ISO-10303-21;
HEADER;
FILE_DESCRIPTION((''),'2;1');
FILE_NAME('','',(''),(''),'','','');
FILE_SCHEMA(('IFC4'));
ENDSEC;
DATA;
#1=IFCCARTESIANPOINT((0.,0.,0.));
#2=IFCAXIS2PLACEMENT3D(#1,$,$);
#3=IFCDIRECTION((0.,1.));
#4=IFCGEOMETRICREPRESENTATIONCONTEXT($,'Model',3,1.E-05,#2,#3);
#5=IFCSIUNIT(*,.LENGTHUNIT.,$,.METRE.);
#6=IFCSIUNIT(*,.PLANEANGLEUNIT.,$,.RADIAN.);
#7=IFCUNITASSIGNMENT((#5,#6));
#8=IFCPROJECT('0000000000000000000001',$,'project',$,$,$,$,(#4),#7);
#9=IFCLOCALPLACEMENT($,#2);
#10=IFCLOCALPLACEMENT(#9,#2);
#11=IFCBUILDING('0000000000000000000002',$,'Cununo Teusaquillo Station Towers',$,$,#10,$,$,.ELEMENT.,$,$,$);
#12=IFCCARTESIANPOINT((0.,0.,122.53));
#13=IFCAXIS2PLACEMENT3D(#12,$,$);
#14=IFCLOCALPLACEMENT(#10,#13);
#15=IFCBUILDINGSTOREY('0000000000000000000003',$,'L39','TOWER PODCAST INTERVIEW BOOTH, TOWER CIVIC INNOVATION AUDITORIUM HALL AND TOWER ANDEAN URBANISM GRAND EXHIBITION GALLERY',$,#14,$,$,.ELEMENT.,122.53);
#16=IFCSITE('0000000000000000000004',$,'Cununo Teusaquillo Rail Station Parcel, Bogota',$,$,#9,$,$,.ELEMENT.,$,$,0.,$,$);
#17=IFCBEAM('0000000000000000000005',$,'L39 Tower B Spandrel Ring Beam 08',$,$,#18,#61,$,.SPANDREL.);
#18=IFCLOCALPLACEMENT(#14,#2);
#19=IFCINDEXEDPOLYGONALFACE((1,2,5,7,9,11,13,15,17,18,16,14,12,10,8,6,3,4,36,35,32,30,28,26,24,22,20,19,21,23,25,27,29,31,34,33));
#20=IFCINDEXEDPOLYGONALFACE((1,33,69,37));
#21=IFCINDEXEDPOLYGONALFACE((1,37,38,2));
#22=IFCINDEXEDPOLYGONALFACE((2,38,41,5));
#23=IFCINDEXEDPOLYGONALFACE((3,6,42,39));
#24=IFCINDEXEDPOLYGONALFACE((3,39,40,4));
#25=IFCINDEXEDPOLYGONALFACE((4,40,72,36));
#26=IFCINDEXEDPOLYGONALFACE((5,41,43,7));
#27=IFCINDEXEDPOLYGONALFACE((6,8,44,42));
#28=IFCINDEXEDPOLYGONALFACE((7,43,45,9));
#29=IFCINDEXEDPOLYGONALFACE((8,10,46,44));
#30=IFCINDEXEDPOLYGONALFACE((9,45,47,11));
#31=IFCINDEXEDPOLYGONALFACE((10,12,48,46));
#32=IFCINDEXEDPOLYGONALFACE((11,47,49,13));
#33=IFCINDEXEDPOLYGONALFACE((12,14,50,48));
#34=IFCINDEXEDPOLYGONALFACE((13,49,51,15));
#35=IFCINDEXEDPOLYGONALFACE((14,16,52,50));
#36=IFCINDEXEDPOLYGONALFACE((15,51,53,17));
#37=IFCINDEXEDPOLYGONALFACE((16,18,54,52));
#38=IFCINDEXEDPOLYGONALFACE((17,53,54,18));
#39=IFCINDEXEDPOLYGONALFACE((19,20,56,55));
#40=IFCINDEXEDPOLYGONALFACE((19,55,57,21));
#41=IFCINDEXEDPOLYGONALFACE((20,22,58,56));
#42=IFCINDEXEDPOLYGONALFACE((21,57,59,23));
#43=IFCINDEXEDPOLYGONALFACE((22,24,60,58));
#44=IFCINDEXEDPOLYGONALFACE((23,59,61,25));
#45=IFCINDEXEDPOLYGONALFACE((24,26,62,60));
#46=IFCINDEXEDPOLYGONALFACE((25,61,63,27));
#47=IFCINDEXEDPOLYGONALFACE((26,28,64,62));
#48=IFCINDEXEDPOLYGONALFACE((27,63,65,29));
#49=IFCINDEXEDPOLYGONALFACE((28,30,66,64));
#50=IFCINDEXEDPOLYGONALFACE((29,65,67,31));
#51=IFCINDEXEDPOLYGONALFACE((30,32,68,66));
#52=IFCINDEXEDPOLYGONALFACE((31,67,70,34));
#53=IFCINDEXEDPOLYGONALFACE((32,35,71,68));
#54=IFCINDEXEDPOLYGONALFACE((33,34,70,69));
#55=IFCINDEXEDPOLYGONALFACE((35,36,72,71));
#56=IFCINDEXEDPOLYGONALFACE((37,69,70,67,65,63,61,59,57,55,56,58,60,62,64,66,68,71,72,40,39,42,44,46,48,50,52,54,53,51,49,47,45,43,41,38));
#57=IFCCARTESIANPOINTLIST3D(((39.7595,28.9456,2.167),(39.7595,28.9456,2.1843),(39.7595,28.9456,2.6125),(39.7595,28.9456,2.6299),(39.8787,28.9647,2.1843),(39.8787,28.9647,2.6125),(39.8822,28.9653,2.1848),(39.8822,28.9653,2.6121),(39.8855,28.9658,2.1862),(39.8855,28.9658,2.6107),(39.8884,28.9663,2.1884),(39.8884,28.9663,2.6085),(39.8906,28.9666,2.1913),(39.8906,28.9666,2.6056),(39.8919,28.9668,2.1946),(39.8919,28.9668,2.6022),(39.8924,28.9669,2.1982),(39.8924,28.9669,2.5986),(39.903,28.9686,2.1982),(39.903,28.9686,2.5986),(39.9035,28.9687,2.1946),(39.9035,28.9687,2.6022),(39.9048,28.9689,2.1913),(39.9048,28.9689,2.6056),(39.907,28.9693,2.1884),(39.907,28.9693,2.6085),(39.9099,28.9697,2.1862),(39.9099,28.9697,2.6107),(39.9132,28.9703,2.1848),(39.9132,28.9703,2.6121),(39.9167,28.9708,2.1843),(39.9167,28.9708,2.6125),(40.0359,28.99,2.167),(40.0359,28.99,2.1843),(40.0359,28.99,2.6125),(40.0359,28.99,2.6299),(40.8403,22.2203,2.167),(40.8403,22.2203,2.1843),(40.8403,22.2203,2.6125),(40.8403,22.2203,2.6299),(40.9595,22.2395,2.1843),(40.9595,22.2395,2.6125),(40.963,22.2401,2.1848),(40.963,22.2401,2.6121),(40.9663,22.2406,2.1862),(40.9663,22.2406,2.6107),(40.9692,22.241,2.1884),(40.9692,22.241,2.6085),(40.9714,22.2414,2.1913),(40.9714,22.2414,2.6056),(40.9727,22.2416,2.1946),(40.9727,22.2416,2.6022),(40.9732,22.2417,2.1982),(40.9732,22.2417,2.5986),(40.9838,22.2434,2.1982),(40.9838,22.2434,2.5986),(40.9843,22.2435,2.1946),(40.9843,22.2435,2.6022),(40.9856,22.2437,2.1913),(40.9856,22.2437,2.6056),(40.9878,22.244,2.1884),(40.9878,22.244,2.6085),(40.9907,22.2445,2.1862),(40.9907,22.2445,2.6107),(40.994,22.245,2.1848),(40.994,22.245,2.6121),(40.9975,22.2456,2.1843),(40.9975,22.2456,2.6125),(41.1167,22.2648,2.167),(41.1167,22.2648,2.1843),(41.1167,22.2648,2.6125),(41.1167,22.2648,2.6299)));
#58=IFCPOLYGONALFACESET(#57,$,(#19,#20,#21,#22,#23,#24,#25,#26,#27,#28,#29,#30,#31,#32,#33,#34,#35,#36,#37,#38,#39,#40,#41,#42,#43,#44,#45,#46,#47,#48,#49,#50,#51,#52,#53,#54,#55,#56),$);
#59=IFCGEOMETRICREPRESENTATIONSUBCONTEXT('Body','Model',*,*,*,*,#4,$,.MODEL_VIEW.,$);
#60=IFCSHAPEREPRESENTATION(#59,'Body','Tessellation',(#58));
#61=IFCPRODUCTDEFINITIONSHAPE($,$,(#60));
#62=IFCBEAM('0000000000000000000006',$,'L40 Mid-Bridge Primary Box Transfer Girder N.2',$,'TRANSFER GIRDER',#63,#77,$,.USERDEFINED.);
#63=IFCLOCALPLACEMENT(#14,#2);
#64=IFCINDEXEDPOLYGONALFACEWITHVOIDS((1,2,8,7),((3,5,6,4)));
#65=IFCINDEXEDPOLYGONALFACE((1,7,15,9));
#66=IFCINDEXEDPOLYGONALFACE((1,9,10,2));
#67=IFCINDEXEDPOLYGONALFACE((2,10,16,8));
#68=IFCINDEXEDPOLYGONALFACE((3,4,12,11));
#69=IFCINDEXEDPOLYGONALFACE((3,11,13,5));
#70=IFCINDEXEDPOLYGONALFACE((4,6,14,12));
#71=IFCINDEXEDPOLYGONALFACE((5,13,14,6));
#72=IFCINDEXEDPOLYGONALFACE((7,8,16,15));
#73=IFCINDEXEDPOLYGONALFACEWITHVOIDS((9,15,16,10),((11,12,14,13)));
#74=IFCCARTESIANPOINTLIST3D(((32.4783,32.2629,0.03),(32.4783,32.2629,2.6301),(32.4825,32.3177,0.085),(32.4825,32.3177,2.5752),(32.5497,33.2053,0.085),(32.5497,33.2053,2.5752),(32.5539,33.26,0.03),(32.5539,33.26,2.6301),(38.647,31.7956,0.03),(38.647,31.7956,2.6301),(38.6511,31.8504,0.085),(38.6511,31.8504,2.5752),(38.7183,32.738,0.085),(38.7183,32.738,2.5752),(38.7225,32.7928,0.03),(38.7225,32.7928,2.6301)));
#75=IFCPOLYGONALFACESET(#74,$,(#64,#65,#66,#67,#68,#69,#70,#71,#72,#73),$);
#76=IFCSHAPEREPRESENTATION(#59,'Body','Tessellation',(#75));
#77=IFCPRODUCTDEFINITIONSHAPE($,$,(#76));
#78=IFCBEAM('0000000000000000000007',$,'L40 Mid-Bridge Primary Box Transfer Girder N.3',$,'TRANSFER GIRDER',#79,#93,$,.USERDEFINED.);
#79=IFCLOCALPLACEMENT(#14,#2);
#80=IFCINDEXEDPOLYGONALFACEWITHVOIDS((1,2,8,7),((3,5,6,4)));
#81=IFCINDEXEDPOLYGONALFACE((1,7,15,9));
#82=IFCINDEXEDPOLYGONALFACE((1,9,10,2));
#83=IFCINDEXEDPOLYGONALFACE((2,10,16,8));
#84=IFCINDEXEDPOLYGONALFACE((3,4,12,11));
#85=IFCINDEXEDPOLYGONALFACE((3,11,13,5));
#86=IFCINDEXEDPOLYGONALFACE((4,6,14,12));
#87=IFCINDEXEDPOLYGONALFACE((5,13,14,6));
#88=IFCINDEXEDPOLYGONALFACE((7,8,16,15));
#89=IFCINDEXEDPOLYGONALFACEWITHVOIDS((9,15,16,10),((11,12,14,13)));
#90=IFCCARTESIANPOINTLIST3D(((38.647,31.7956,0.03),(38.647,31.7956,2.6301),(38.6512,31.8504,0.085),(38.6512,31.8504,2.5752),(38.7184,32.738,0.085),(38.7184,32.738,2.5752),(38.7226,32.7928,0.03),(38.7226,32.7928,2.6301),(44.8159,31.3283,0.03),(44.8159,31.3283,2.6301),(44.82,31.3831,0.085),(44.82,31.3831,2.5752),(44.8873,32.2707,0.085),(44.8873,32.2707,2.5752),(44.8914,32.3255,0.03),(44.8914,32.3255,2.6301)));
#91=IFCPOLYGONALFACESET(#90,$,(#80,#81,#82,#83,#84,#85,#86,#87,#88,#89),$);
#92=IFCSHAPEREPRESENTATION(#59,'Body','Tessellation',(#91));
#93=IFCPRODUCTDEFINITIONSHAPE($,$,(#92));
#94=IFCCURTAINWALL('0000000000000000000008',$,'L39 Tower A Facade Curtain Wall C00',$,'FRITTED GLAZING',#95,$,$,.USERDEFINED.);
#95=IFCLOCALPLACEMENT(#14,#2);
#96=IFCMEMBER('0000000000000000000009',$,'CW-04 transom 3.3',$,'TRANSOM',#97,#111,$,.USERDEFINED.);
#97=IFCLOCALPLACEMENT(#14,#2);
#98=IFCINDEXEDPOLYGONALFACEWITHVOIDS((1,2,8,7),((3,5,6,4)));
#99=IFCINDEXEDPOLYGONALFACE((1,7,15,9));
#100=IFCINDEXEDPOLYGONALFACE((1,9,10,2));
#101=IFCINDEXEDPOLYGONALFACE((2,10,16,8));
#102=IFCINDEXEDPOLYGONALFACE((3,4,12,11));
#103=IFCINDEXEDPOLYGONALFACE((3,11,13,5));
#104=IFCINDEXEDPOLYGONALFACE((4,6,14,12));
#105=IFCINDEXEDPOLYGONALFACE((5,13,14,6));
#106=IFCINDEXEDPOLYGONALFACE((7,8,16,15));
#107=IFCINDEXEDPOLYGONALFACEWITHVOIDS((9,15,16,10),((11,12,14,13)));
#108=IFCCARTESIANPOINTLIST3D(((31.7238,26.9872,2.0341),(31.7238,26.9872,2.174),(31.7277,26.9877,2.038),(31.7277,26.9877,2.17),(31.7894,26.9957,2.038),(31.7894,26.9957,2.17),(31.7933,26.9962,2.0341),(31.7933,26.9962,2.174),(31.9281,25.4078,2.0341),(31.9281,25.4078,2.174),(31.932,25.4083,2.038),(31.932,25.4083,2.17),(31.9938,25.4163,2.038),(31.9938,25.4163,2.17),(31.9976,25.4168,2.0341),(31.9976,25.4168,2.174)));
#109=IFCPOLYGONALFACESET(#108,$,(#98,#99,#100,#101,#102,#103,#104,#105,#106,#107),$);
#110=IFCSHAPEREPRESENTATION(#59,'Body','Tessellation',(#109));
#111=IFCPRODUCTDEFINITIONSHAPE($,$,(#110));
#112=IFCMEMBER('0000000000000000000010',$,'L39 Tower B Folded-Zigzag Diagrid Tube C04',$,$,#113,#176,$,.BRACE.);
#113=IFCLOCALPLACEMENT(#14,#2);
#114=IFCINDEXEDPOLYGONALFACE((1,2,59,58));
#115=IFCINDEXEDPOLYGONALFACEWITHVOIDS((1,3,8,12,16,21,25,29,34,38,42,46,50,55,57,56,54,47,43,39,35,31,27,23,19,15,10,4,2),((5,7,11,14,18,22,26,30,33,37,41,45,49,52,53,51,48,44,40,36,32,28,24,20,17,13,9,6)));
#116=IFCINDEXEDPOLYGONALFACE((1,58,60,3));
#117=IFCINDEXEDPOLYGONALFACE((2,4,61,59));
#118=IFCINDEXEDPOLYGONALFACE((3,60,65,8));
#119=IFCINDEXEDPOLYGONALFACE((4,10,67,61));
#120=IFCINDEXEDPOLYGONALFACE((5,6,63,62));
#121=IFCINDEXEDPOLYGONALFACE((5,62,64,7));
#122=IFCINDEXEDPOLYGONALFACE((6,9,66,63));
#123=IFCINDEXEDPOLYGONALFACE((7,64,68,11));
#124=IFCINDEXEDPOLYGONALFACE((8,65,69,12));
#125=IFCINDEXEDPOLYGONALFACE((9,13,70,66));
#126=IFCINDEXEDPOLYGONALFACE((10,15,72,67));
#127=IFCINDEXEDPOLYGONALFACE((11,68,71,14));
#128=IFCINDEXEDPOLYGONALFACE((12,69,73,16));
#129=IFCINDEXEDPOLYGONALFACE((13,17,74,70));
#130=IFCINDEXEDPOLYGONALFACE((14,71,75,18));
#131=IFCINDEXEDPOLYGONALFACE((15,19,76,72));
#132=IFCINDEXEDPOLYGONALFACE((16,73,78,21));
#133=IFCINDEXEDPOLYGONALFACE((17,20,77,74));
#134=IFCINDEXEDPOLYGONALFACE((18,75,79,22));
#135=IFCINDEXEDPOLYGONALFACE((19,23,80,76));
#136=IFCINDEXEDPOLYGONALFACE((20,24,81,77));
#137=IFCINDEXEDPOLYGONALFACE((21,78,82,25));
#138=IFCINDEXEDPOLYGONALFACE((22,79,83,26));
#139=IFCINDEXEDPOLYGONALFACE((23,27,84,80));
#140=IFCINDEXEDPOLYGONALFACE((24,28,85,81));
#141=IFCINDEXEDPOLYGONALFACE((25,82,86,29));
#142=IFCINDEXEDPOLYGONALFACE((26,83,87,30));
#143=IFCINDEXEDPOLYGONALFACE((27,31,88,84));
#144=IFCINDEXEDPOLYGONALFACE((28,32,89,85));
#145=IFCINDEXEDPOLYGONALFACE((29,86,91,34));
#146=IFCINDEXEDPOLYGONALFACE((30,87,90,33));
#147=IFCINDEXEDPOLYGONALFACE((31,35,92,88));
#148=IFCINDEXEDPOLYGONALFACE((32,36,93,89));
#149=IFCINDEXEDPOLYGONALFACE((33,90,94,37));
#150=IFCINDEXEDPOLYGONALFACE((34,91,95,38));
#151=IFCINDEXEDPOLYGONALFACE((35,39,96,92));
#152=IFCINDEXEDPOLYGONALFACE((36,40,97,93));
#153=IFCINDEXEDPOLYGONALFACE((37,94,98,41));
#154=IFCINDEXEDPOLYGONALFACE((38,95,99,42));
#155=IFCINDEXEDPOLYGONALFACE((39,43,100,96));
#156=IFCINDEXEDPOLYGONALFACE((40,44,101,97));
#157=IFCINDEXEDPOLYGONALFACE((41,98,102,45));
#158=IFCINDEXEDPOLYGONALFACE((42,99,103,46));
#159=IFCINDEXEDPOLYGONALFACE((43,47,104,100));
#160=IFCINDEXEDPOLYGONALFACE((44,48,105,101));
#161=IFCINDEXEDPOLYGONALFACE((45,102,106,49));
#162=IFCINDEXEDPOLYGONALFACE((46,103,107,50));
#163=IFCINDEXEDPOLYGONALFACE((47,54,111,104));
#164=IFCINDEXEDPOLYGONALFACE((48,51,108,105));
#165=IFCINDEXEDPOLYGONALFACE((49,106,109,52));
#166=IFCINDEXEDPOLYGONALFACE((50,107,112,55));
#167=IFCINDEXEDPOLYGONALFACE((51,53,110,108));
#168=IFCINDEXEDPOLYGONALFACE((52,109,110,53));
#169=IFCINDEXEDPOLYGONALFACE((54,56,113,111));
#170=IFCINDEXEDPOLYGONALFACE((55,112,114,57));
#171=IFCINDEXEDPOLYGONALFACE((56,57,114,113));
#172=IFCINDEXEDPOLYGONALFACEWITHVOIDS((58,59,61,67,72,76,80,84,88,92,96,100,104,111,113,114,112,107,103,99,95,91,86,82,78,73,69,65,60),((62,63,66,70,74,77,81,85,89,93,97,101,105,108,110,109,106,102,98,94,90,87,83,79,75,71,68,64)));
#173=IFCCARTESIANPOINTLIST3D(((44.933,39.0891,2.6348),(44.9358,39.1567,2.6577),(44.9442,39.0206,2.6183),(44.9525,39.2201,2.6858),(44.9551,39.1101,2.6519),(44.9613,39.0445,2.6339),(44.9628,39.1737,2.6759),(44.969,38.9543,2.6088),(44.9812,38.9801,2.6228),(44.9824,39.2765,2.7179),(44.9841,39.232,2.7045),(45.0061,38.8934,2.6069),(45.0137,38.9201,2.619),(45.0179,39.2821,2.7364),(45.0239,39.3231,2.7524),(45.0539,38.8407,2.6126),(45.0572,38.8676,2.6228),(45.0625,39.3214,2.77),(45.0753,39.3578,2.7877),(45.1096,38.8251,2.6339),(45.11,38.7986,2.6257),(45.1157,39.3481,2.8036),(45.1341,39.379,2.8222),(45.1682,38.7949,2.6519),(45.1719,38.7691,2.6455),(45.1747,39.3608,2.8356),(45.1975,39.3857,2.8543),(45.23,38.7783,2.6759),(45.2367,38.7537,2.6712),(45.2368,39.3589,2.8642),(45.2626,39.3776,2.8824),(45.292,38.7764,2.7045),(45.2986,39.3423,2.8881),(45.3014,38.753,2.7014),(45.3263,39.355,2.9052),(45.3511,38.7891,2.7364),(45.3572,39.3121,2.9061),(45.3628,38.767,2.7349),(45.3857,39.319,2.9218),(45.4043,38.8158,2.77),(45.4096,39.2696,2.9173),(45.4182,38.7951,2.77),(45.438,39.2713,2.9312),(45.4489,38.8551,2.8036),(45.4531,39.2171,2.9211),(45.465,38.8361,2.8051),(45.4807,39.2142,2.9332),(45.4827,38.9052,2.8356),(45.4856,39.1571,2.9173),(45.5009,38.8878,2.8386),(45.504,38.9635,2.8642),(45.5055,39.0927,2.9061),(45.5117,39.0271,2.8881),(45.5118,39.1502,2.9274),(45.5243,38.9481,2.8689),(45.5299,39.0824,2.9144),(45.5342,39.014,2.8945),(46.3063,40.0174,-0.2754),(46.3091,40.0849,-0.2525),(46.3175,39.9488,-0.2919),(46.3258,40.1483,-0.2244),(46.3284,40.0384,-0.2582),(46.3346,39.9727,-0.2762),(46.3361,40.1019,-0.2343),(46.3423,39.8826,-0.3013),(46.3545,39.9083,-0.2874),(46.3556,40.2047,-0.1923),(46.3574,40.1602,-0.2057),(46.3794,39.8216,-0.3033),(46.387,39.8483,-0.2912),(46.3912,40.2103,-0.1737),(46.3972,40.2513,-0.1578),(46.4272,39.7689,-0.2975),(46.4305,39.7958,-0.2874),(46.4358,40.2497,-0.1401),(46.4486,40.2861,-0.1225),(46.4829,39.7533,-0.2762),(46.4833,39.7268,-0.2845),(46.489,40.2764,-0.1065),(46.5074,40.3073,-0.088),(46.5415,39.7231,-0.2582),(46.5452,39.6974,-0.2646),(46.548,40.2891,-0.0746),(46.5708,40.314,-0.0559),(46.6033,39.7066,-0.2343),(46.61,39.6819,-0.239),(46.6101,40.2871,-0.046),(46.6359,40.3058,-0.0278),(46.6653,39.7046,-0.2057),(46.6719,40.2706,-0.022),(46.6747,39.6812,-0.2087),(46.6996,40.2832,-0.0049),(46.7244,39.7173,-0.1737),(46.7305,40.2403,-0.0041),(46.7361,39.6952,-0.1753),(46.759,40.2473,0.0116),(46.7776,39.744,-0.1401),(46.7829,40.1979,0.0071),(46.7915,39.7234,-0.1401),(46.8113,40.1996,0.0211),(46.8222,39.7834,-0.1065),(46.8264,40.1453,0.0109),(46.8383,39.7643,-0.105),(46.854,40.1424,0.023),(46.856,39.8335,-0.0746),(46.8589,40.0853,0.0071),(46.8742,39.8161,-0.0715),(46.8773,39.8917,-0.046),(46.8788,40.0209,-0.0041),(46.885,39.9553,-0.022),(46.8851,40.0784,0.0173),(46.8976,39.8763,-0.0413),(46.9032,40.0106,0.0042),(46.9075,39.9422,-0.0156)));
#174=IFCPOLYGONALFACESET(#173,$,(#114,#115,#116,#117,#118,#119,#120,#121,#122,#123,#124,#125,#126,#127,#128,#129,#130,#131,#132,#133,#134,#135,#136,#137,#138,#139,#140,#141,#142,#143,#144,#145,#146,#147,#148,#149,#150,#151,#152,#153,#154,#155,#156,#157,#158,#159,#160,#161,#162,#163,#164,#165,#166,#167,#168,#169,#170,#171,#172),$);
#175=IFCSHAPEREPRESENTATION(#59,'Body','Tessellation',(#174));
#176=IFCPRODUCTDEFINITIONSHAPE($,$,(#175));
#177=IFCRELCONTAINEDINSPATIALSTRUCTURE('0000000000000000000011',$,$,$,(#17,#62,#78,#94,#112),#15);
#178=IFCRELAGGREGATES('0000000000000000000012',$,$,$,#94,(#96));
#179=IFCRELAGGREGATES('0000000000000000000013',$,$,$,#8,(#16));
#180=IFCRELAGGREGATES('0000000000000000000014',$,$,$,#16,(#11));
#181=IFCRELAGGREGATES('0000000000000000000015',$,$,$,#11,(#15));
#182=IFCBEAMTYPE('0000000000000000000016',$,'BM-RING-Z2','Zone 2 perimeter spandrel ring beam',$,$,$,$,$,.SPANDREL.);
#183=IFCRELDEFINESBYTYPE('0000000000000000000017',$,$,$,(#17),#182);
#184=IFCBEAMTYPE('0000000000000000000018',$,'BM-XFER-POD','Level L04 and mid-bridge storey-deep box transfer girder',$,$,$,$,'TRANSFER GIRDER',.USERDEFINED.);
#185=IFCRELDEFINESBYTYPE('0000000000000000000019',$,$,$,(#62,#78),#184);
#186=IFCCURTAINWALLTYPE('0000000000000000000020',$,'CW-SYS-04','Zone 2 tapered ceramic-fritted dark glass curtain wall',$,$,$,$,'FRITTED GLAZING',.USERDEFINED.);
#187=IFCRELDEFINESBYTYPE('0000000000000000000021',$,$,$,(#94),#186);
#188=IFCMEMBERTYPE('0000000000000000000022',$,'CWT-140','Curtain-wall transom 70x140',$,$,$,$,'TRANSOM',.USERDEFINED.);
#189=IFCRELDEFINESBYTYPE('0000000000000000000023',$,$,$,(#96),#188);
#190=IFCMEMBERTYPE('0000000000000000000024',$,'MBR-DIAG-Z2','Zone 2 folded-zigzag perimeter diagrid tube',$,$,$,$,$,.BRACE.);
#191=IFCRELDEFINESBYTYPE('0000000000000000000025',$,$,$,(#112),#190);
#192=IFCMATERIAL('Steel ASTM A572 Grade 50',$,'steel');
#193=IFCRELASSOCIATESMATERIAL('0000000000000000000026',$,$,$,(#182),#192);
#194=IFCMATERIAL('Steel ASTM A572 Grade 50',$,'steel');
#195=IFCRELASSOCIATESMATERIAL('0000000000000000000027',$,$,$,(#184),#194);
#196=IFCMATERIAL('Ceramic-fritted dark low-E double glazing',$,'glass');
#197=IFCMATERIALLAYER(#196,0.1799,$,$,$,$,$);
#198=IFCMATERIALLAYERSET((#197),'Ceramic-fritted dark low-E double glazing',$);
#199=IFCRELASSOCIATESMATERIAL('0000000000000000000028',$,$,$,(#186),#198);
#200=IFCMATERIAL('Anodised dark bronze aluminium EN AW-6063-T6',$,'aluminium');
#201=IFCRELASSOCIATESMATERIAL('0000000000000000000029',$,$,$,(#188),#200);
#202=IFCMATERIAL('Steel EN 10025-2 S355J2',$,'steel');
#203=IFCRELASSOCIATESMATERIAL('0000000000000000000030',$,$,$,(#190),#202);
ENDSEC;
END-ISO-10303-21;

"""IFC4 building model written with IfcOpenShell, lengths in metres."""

from ifc_helpers import new_model, si_unit, direction, frame, origin, origin_2d, place, context, subcontext, project, spatial, hollow_rectangle, hollow_circle, i_section, extrude, material, layer, layer_set, material_profile, profile_set, type_object, element, aggregate, save


model = new_model("IFC4")

# Units and contexts
model_context = context("Model", 3, precision=1e-05, world=origin(), true_north=direction((0.0, 1.0)))
body_context = subcontext(model_context, "Body", "Model", "MODEL_VIEW")
ifc_project = project(units=[si_unit("LENGTHUNIT", "METRE"), si_unit("PLANEANGLEUNIT", "RADIAN")], contexts=[model_context])

# Site, building, storey
site_placement = place(None, origin())
site = spatial("IfcSite", under=ifc_project, at=site_placement, Name="Cununo Teusaquillo Rail Station Parcel, Bogota", CompositionType="ELEMENT", RefElevation=0.0)
building_placement = place(site_placement, origin())
building = spatial("IfcBuilding", under=site, at=building_placement, Name="Cununo Teusaquillo Station Towers", CompositionType="ELEMENT")
storey_placement = place(building_placement, frame((0.0, 0.0, 122.53)))
storey = spatial("IfcBuildingStorey", under=building, at=storey_placement, Name="L39", Description="TOWER PODCAST INTERVIEW BOOTH, TOWER CIVIC INNOVATION AUDITORIUM HALL AND TOWER ANDEAN URBANISM GRAND EXHIBITION GALLERY", CompositionType="ELEMENT", Elevation=122.53)

# Beams
ifc_material_1 = material(Name="Steel ASTM A572 Grade 50", Category="steel")
ifc_material_profile_1 = material_profile(ifc_material_1, i_section(OverallWidth=0.28, OverallDepth=0.4629, WebThickness=0.0107, FlangeThickness=0.0173, FilletRadius=0.0139, at=origin_2d()), Name="W18X76")
ifc_profile_set_1 = profile_set([ifc_material_profile_1], Name="Steel ASTM A572 Grade 50")
beam_type_1 = type_object("IfcBeamType", Name="BM-RING-Z2", Description="Zone 2 perimeter spandrel ring beam", PredefinedType="SPANDREL", material=ifc_profile_set_1)
beam_1_placement = place(storey_placement, frame((39.8977, 28.9678, 2.3984), z_axis=(0.158671, -0.987331, 0.0), x_axis=(0.987331, 0.158671, 0.0)))
element("IfcBeam", 1, at=beam_1_placement, inside=storey, type_object=beam_type_1, Name="L39 Tower B Spandrel Ring Beam 08", PredefinedType="SPANDREL", context=body_context, shape_type="SweptSolid", body=[
    extrude(i_section(OverallWidth=0.28, OverallDepth=0.4629, WebThickness=0.0107, FlangeThickness=0.0173, FilletRadius=0.0139, at=origin_2d()), origin(), (0.0, 0.0, 1.0), 6.8115),
])
ifc_material_2 = material(Name="Steel ASTM A572 Grade 50", Category="steel")
ifc_material_profile_2 = material_profile(ifc_material_2, hollow_rectangle(XDim=1.0, YDim=2.6001, WallThickness=0.0549, at=origin_2d()), Name="BOX 2600x1000x55")
ifc_profile_set_2 = profile_set([ifc_material_profile_2], Name="Steel ASTM A572 Grade 50")
beam_type_2 = type_object("IfcBeamType", Name="BM-XFER-POD", Description="Level L04 and mid-bridge storey-deep box transfer girder", ElementType="TRANSFER GIRDER", PredefinedType="USERDEFINED", material=ifc_profile_set_2)
beam_2_placement = place(storey_placement, frame((32.5161, 32.7615, 1.3301), z_axis=(0.997143, -0.075535, 0.0), x_axis=(0.075535, 0.997143, 0.0)))
element("IfcBeam", 2, at=beam_2_placement, inside=storey, type_object=beam_type_2, Name="L40 Mid-Bridge Primary Box Transfer Girder N.2", ObjectType="TRANSFER GIRDER", PredefinedType="USERDEFINED", context=body_context, shape_type="SweptSolid", body=[
    extrude(hollow_rectangle(XDim=1.0, YDim=2.6001, WallThickness=0.0549, at=origin_2d()), origin(), (0.0, 0.0, 1.0), 6.1863),
])
beam_3_placement = place(storey_placement, frame((38.6848, 32.2942, 1.3301), z_axis=(0.997143, -0.075532, 0.0), x_axis=(0.075532, 0.997143, 0.0)))
element("IfcBeam", 3, at=beam_3_placement, inside=storey, type_object=beam_type_2, Name="L40 Mid-Bridge Primary Box Transfer Girder N.3", ObjectType="TRANSFER GIRDER", PredefinedType="USERDEFINED", context=body_context, shape_type="SweptSolid", body=[
    extrude(hollow_rectangle(XDim=1.0, YDim=2.6001, WallThickness=0.0549, at=origin_2d()), origin(), (0.0, 0.0, 1.0), 6.1865),
])

# Curtain wall, member
ifc_material_3 = material(Name="Ceramic-fritted dark low-E double glazing", Category="glass")
ifc_layer_1 = layer(ifc_material_3, 0.1799)
ifc_layer_set_1 = layer_set([ifc_layer_1], Name="Ceramic-fritted dark low-E double glazing")
curtain_wall_type = type_object("IfcCurtainWallType", Name="CW-SYS-04", Description="Zone 2 tapered ceramic-fritted dark glass curtain wall", ElementType="FRITTED GLAZING", PredefinedType="USERDEFINED", material=ifc_layer_set_1)
curtain_wall_placement = place(storey_placement, origin())
curtain_wall = element("IfcCurtainWall", 4, at=curtain_wall_placement, inside=storey, type_object=curtain_wall_type, Name="L39 Tower A Facade Curtain Wall C00", ObjectType="FRITTED GLAZING", PredefinedType="USERDEFINED")
ifc_material_4 = material(Name="Anodised dark bronze aluminium EN AW-6063-T6", Category="aluminium")
ifc_material_profile_3 = material_profile(ifc_material_4, hollow_rectangle(XDim=0.0701, YDim=0.1399, WallThickness=0.0039, at=origin_2d()), Name="CW-TRAN-70x140")
ifc_profile_set_3 = profile_set([ifc_material_profile_3], Name="Anodised dark bronze aluminium EN AW-6063-T6")
member_type_1 = type_object("IfcMemberType", Name="CWT-140", Description="Curtain-wall transom 70x140", ElementType="TRANSOM", PredefinedType="USERDEFINED", material=ifc_profile_set_3)
member_1_placement = place(storey_placement, frame((31.7585, 26.9917, 2.104), z_axis=(0.128317, -0.991733, 0.0), x_axis=(0.991733, 0.128317, 0.0)))
member_1 = element("IfcMember", 5, at=member_1_placement, type_object=member_type_1, Name="CW-04 transom 3.3", ObjectType="TRANSOM", PredefinedType="USERDEFINED", context=body_context, shape_type="SweptSolid", body=[
    extrude(hollow_rectangle(XDim=0.0701, YDim=0.1399, WallThickness=0.0039, at=origin_2d()), origin(), (0.0, 0.0, 1.0), 1.5925),
])

# Member
ifc_material_5 = material(Name="Steel EN 10025-2 S355J2", Category="steel")
ifc_material_profile_4 = material_profile(ifc_material_5, hollow_circle(Radius=0.3301, WallThickness=0.0249, at=origin_2d()), Name="CHS 660x25")
ifc_profile_set_4 = profile_set([ifc_material_profile_4], Name="Steel EN 10025-2 S355J2")
member_type_2 = type_object("IfcMemberType", Name="MBR-DIAG-Z2", Description="Zone 2 folded-zigzag perimeter diagrid tube", PredefinedType="BRACE", material=ifc_profile_set_4)
member_2_placement = place(storey_placement, frame((46.6067, 39.9968, -0.1401), z_axis=(-0.410047, -0.277155, 0.868934), x_axis=(0.559991, -0.828498, 0.0)))
element("IfcMember", 6, at=member_2_placement, inside=storey, type_object=member_type_2, Name="L39 Tower B Folded-Zigzag Diagrid Tube C04", PredefinedType="BRACE", context=body_context, shape_type="SweptSolid", body=[
    extrude(hollow_circle(Radius=0.3301, WallThickness=0.0249, at=origin_2d()), origin(), (0.0, 0.0, 1.0), 3.3491),
])

aggregate(curtain_wall, [member_1])

save(model, "model.ifc")
